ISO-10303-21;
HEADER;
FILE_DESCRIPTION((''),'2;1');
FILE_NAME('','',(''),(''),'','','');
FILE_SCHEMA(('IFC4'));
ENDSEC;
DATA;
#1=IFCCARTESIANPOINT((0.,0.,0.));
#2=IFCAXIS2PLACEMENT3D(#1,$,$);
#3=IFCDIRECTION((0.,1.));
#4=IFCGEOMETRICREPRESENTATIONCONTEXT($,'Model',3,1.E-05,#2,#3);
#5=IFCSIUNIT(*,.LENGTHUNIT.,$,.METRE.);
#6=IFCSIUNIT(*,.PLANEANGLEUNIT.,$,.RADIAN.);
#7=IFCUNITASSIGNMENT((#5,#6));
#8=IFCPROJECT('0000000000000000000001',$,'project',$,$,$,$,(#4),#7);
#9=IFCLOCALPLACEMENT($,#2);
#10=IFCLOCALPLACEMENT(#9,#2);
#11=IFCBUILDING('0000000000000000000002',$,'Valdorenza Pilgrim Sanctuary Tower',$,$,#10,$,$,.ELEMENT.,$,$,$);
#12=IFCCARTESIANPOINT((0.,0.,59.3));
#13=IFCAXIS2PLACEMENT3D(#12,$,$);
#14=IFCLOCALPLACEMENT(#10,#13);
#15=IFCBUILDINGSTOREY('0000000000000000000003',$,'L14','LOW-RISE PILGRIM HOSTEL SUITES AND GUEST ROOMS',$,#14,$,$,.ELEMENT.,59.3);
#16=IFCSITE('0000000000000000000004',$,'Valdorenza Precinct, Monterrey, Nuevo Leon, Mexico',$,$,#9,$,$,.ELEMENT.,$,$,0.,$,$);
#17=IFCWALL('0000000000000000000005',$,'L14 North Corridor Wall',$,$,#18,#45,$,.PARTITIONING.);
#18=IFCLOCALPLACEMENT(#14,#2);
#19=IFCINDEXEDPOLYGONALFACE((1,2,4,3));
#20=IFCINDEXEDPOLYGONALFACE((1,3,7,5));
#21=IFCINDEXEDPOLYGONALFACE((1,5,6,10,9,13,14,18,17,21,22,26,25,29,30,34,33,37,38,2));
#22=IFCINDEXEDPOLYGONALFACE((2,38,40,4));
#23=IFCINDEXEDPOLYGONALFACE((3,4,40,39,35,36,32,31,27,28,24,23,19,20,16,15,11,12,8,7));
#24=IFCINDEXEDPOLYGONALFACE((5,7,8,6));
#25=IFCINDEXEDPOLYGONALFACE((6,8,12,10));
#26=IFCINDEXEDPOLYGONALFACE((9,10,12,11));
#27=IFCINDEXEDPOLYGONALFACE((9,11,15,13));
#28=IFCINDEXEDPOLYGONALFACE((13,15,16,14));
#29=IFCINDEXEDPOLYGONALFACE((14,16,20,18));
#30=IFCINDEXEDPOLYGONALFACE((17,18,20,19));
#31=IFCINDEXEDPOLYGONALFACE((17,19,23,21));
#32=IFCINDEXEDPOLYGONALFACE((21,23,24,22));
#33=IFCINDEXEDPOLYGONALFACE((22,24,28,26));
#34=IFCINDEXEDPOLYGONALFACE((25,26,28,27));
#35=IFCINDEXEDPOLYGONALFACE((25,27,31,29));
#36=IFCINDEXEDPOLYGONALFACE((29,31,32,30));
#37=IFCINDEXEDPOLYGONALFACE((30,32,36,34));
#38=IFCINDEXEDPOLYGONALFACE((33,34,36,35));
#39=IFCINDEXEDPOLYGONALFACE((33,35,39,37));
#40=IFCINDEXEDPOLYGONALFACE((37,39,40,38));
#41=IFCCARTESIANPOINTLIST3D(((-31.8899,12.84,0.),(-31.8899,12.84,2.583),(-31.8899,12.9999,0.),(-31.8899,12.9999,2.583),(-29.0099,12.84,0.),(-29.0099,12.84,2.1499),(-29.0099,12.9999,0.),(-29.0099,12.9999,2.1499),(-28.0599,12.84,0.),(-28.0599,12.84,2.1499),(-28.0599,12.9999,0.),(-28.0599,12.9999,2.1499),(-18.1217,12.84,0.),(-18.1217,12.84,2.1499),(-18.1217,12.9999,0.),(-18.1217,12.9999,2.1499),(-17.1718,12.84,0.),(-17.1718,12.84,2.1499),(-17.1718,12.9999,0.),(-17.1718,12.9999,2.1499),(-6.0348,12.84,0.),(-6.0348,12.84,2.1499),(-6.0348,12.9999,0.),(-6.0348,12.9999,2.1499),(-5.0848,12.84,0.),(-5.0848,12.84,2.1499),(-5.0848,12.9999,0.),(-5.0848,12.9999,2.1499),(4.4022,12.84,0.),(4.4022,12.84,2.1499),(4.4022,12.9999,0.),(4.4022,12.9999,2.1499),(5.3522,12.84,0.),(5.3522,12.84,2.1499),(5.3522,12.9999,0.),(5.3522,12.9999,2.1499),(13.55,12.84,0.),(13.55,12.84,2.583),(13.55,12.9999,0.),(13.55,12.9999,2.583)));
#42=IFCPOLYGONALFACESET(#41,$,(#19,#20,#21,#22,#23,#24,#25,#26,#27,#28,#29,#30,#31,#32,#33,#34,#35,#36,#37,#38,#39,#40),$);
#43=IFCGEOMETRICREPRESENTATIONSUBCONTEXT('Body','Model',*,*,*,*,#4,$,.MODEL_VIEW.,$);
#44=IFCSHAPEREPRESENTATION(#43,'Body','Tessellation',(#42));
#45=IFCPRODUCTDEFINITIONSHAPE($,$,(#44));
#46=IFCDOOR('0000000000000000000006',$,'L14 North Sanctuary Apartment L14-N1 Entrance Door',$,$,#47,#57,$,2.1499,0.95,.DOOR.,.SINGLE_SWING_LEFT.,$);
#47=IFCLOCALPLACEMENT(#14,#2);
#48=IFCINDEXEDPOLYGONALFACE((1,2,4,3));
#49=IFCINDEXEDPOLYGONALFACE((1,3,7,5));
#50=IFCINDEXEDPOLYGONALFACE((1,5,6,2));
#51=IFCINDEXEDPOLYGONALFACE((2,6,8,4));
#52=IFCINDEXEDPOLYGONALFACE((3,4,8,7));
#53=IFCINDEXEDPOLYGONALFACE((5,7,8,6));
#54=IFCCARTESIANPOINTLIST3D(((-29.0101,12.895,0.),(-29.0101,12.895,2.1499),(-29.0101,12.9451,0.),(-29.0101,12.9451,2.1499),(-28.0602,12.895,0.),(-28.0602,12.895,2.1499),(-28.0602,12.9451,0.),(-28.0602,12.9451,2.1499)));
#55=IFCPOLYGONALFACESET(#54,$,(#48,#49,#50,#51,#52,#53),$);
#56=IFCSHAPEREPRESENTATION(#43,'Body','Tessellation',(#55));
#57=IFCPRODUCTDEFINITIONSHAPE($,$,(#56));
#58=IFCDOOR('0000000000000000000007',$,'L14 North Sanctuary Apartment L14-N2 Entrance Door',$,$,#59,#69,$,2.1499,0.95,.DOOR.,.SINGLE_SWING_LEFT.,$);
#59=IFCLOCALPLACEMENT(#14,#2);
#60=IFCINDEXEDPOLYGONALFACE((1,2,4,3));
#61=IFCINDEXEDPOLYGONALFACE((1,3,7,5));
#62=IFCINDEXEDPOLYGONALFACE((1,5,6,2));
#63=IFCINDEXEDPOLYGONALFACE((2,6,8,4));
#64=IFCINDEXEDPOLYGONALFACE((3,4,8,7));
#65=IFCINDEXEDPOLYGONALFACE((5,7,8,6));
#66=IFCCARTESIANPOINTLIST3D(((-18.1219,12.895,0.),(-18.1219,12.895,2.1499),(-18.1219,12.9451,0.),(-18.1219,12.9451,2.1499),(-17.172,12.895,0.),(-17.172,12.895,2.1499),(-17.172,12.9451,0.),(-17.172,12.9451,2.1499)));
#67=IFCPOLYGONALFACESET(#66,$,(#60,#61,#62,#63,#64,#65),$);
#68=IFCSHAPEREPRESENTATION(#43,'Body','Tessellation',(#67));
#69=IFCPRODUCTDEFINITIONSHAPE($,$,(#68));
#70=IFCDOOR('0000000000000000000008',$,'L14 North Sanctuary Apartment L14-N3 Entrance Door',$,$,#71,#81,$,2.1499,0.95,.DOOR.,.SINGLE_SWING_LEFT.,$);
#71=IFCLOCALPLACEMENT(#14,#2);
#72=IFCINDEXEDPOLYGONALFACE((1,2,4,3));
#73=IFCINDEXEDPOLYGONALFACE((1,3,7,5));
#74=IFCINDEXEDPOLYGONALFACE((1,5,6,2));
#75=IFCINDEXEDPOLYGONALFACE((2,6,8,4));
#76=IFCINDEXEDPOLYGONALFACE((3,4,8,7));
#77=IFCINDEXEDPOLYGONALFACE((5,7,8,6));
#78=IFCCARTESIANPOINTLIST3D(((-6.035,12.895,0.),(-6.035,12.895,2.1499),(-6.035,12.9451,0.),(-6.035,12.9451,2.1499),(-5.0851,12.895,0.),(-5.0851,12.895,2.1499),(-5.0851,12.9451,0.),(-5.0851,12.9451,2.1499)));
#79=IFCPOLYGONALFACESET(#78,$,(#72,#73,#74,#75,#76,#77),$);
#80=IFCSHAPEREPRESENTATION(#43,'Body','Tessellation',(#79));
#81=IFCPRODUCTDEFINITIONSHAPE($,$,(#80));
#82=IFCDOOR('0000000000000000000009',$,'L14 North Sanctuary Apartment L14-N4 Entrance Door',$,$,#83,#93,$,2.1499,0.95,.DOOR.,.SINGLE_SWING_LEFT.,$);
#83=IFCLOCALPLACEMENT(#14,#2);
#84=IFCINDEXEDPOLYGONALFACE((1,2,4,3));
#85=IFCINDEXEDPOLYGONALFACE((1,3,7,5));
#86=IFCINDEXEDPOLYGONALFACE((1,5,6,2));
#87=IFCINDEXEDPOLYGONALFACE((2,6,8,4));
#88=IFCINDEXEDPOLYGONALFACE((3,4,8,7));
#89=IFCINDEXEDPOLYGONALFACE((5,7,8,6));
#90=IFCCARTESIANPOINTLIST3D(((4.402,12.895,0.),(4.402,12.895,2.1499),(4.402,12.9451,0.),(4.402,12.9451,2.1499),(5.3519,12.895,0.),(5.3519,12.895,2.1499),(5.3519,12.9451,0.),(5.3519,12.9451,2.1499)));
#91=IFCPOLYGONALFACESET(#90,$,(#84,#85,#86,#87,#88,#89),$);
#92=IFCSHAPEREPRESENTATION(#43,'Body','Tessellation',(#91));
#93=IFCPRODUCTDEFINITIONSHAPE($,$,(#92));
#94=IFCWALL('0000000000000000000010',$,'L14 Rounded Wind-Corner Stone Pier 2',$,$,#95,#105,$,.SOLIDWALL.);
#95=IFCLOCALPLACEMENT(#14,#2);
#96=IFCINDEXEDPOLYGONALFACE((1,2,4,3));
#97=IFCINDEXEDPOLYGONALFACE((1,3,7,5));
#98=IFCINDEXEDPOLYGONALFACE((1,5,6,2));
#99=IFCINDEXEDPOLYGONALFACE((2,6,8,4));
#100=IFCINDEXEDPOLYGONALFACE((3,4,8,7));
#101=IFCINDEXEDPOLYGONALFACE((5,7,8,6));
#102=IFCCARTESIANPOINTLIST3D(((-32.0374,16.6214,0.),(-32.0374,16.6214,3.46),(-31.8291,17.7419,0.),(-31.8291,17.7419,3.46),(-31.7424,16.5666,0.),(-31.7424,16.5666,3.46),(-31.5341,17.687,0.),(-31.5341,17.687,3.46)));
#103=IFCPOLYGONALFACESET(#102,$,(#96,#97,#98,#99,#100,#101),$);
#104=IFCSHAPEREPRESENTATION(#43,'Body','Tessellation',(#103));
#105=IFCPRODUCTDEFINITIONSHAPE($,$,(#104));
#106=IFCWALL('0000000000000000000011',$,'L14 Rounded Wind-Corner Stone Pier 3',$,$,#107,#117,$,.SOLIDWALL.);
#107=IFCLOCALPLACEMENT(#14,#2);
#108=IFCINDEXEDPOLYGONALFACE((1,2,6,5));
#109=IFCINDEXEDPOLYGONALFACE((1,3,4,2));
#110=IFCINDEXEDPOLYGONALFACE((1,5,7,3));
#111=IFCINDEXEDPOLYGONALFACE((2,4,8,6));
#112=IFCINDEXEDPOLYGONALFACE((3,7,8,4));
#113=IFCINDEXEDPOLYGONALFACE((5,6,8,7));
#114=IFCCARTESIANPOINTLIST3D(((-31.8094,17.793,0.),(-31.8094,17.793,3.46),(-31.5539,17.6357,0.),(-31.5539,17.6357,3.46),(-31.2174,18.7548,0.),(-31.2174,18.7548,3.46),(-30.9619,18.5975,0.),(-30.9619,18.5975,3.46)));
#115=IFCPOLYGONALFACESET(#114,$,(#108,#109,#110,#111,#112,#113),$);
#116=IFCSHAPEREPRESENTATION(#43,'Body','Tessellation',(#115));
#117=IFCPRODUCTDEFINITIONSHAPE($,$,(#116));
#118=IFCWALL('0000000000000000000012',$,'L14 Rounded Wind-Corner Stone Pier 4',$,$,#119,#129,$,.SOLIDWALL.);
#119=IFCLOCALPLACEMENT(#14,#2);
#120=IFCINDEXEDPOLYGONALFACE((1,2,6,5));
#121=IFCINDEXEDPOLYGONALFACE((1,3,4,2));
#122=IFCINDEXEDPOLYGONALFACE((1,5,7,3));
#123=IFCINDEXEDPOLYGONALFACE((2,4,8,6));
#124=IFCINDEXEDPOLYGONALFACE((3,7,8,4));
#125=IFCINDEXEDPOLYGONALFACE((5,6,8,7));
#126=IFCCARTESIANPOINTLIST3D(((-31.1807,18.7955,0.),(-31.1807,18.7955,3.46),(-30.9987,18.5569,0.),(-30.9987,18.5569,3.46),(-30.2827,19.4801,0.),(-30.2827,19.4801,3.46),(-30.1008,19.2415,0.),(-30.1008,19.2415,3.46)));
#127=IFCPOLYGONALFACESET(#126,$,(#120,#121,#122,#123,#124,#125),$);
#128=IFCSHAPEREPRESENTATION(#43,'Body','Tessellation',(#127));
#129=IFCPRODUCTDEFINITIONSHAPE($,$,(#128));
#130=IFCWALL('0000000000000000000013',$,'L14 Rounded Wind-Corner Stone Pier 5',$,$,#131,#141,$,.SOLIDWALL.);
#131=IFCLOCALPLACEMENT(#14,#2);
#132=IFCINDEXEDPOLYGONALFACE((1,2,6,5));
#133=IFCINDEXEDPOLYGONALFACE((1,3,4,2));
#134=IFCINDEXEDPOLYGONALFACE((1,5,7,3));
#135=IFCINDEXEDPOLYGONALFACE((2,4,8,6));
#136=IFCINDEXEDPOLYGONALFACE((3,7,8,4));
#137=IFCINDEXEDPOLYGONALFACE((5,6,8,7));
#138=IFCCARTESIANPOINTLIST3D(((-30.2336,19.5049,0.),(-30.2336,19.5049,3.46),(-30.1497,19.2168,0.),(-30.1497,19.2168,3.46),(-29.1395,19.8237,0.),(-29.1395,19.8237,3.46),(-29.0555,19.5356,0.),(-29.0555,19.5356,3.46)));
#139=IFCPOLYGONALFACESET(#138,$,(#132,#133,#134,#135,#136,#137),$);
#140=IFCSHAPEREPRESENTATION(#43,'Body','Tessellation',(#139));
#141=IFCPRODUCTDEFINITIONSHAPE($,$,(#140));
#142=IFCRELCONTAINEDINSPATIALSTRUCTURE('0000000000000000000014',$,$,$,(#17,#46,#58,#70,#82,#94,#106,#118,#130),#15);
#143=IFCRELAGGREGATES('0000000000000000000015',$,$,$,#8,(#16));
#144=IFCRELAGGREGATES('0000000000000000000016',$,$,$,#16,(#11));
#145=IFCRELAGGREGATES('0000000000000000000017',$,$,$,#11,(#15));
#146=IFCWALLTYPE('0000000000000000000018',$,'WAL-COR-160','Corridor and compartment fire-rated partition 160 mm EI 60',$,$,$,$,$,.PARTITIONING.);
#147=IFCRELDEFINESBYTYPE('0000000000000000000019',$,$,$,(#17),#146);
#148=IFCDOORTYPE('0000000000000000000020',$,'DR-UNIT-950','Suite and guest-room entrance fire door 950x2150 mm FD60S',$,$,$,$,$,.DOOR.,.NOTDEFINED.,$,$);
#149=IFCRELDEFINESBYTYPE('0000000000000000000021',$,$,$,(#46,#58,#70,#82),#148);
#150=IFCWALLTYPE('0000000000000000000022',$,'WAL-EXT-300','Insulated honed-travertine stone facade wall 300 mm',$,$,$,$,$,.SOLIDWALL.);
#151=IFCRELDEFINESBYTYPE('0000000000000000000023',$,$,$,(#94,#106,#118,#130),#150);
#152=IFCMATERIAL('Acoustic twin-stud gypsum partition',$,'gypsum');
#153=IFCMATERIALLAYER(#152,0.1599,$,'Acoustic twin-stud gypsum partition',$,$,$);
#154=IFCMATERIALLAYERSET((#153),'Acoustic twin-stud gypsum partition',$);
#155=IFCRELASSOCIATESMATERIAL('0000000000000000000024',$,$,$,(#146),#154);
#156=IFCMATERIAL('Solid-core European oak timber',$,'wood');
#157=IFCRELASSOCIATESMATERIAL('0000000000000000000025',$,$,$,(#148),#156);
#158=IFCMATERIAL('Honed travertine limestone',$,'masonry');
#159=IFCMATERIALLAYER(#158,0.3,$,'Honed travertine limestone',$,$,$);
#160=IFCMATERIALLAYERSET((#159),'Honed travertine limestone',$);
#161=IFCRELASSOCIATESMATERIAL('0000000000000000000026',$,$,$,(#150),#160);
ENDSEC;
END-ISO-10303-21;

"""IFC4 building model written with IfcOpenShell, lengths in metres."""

from ifc_helpers import new_model, si_unit, direction, frame, frame_2d, origin, place, context, subcontext, project, spatial, rectangle, extrude, material, layer, layer_set, type_object, element, fill, save


model = new_model("IFC4")

# Units and contexts
model_context = context("Model", 3, precision=1e-05, world=origin(), true_north=direction((0.0, 1.0)))
body_context = subcontext(model_context, "Body", "Model", "MODEL_VIEW")
ifc_project = project(units=[si_unit("LENGTHUNIT", "METRE"), si_unit("PLANEANGLEUNIT", "RADIAN")], contexts=[model_context])

# Site, building, storey
site_placement = place(None, origin())
site = spatial("IfcSite", under=ifc_project, at=site_placement, Name="Valdorenza Precinct, Monterrey, Nuevo Leon, Mexico", CompositionType="ELEMENT", RefElevation=0.0)
building_placement = place(site_placement, origin())
building = spatial("IfcBuilding", under=site, at=building_placement, Name="Valdorenza Pilgrim Sanctuary Tower", CompositionType="ELEMENT")
storey_placement = place(building_placement, frame((0.0, 0.0, 59.3)))
storey = spatial("IfcBuildingStorey", under=building, at=storey_placement, Name="L14", Description="LOW-RISE PILGRIM HOSTEL SUITES AND GUEST ROOMS", CompositionType="ELEMENT", Elevation=59.3)

# Shared definitions
ifc_material_1 = material(Name="Honed travertine limestone", Category="masonry")

# Wall, openings, doors
ifc_material_2 = material(Name="Acoustic twin-stud gypsum partition", Category="gypsum")
ifc_layer_1 = layer(ifc_material_2, 0.1599, Name="Acoustic twin-stud gypsum partition")
ifc_layer_set_1 = layer_set([ifc_layer_1], Name="Acoustic twin-stud gypsum partition")
wall_type_1 = type_object("IfcWallType", Name="WAL-COR-160", Description="Corridor and compartment fire-rated partition 160 mm EI 60", PredefinedType="PARTITIONING", material=ifc_layer_set_1)
wall_1_placement = place(storey_placement, frame((-31.8899, 12.9199, 0.0), z_axis=(0.0, 0.0, 1.0), x_axis=(1.0, 0.0, 0.0)))
wall_1 = element("IfcWall", 1, at=wall_1_placement, inside=storey, type_object=wall_type_1, Name="L14 North Corridor Wall", PredefinedType="PARTITIONING", context=body_context, shape_type="SweptSolid", body=[
    extrude(rectangle(XDim=45.4399, YDim=0.1599, at=frame_2d((22.72, 0.0))), origin(), (0.0, 0.0, 1.0), 2.583),
])
opening_1_placement = place(wall_1_placement, frame((2.8799, 0.0, 0.0)))
opening_1 = element("IfcOpeningElement", 2, at=opening_1_placement, cuts=wall_1, PredefinedType="OPENING", context=body_context, shape_type="SweptSolid", body=[
    extrude(rectangle(XDim=0.95, YDim=2.1499, at=frame_2d((0.4751, 1.075))), frame((0.0, 0.0947, 0.0), z_axis=(0.0, -1.0, 0.0), x_axis=(1.0, 0.0, 0.0)), (0.0, 0.0, 1.0), 0.1897),
])
opening_2_placement = place(wall_1_placement, frame((13.7681, 0.0, 0.0)))
opening_2 = element("IfcOpeningElement", 3, at=opening_2_placement, cuts=wall_1, PredefinedType="OPENING", context=body_context, shape_type="SweptSolid", body=[
    extrude(rectangle(XDim=0.95, YDim=2.1499, at=frame_2d((0.4751, 1.075))), frame((0.0, 0.0947, 0.0), z_axis=(0.0, -1.0, 0.0), x_axis=(1.0, 0.0, 0.0)), (0.0, 0.0, 1.0), 0.1897),
])
opening_3_placement = place(wall_1_placement, frame((25.855, 0.0, 0.0)))
opening_3 = element("IfcOpeningElement", 4, at=opening_3_placement, cuts=wall_1, PredefinedType="OPENING", context=body_context, shape_type="SweptSolid", body=[
    extrude(rectangle(XDim=0.95, YDim=2.1499, at=frame_2d((0.4751, 1.075))), frame((0.0, 0.0947, 0.0), z_axis=(0.0, -1.0, 0.0), x_axis=(1.0, 0.0, 0.0)), (0.0, 0.0, 1.0), 0.1897),
])
opening_4_placement = place(wall_1_placement, frame((36.292, 0.0, 0.0)))
opening_4 = element("IfcOpeningElement", 5, at=opening_4_placement, cuts=wall_1, PredefinedType="OPENING", context=body_context, shape_type="SweptSolid", body=[
    extrude(rectangle(XDim=0.95, YDim=2.1499, at=frame_2d((0.4751, 1.075))), frame((0.0, 0.0947, 0.0), z_axis=(0.0, -1.0, 0.0), x_axis=(1.0, 0.0, 0.0)), (0.0, 0.0, 1.0), 0.1897),
])
ifc_material_3 = material(Name="Solid-core European oak timber", Category="wood")
door_type = type_object("IfcDoorType", Name="DR-UNIT-950", Description="Suite and guest-room entrance fire door 950x2150 mm FD60S", OperationType="NOTDEFINED", PredefinedType="DOOR", material=ifc_material_3)
door_1_placement = place(opening_1_placement, frame((0.95, 0.0, 0.0), z_axis=(0.0, 0.0, 1.0), x_axis=(-1.0, 0.0, 0.0)))
door_1 = element("IfcDoor", 6, at=door_1_placement, inside=storey, type_object=door_type, Name="L14 North Sanctuary Apartment L14-N1 Entrance Door", OperationType="SINGLE_SWING_LEFT", OverallHeight=2.1499, OverallWidth=0.95, PredefinedType="DOOR", context=body_context, shape_type="SweptSolid", body=[
    extrude(rectangle(XDim=0.95, YDim=2.1499, at=frame_2d((0.4751, 1.075))), frame((0.0, 0.0249, 0.0), z_axis=(0.0, -1.0, 0.0), x_axis=(1.0, 0.0, 0.0)), (0.0, 0.0, 1.0), 0.05),
])
fill(opening_1, door_1)
door_2_placement = place(opening_2_placement, frame((0.95, 0.0, 0.0), z_axis=(0.0, 0.0, 1.0), x_axis=(-1.0, 0.0, 0.0)))
door_2 = element("IfcDoor", 7, at=door_2_placement, inside=storey, type_object=door_type, Name="L14 North Sanctuary Apartment L14-N2 Entrance Door", OperationType="SINGLE_SWING_LEFT", OverallHeight=2.1499, OverallWidth=0.95, PredefinedType="DOOR", context=body_context, shape_type="SweptSolid", body=[
    extrude(rectangle(XDim=0.95, YDim=2.1499, at=frame_2d((0.4751, 1.075))), frame((0.0, 0.0249, 0.0), z_axis=(0.0, -1.0, 0.0), x_axis=(1.0, 0.0, 0.0)), (0.0, 0.0, 1.0), 0.05),
])
fill(opening_2, door_2)
door_3_placement = place(opening_3_placement, frame((0.95, 0.0, 0.0), z_axis=(0.0, 0.0, 1.0), x_axis=(-1.0, 0.0, 0.0)))
door_3 = element("IfcDoor", 8, at=door_3_placement, inside=storey, type_object=door_type, Name="L14 North Sanctuary Apartment L14-N3 Entrance Door", OperationType="SINGLE_SWING_LEFT", OverallHeight=2.1499, OverallWidth=0.95, PredefinedType="DOOR", context=body_context, shape_type="SweptSolid", body=[
    extrude(rectangle(XDim=0.95, YDim=2.1499, at=frame_2d((0.4751, 1.075))), frame((0.0, 0.0249, 0.0), z_axis=(0.0, -1.0, 0.0), x_axis=(1.0, 0.0, 0.0)), (0.0, 0.0, 1.0), 0.05),
])
fill(opening_3, door_3)
door_4_placement = place(opening_4_placement, frame((0.95, 0.0, 0.0), z_axis=(0.0, 0.0, 1.0), x_axis=(-1.0, 0.0, 0.0)))
door_4 = element("IfcDoor", 9, at=door_4_placement, inside=storey, type_object=door_type, Name="L14 North Sanctuary Apartment L14-N4 Entrance Door", OperationType="SINGLE_SWING_LEFT", OverallHeight=2.1499, OverallWidth=0.95, PredefinedType="DOOR", context=body_context, shape_type="SweptSolid", body=[
    extrude(rectangle(XDim=0.95, YDim=2.1499, at=frame_2d((0.4751, 1.075))), frame((0.0, 0.0249, 0.0), z_axis=(0.0, -1.0, 0.0), x_axis=(1.0, 0.0, 0.0)), (0.0, 0.0, 1.0), 0.05),
])
fill(opening_4, door_4)

# Walls
ifc_layer_2 = layer(ifc_material_1, 0.3, Name="Honed travertine limestone")
ifc_layer_set_2 = layer_set([ifc_layer_2], Name="Honed travertine limestone")
wall_type_2 = type_object("IfcWallType", Name="WAL-EXT-300", Description="Insulated honed-travertine stone facade wall 300 mm", PredefinedType="SOLIDWALL", material=ifc_layer_set_2)
wall_2_placement = place(storey_placement, frame((-31.8899, 16.594, 0.0), z_axis=(0.0, 0.0, 1.0), x_axis=(0.182749, 0.98316, 0.0)))
element("IfcWall", 10, at=wall_2_placement, inside=storey, type_object=wall_type_2, Name="L14 Rounded Wind-Corner Stone Pier 2", PredefinedType="SOLIDWALL", context=body_context, shape_type="SweptSolid", body=[
    extrude(rectangle(XDim=1.1396, YDim=0.3, at=frame_2d((0.5698, 0.0))), origin(), (0.0, 0.0, 1.0), 3.46),
])
wall_3_placement = place(storey_placement, frame((-31.6816, 17.7144, 0.0), z_axis=(0.0, 0.0, 1.0), x_axis=(0.524158, 0.851621, 0.0)))
element("IfcWall", 11, at=wall_3_placement, inside=storey, type_object=wall_type_2, Name="L14 Rounded Wind-Corner Stone Pier 3", PredefinedType="SOLIDWALL", context=body_context, shape_type="SweptSolid", body=[
    extrude(rectangle(XDim=1.1294, YDim=0.3, at=frame_2d((0.5647, 0.0))), origin(), (0.0, 0.0, 1.0), 3.46),
])
wall_4_placement = place(storey_placement, frame((-31.0896, 18.6763, 0.0), z_axis=(0.0, 0.0, 1.0), x_axis=(0.795253, 0.606278, 0.0)))
element("IfcWall", 12, at=wall_4_placement, inside=storey, type_object=wall_type_2, Name="L14 Rounded Wind-Corner Stone Pier 4", PredefinedType="SOLIDWALL", context=body_context, shape_type="SweptSolid", body=[
    extrude(rectangle(XDim=1.1292, YDim=0.3, at=frame_2d((0.5645, 0.0))), origin(), (0.0, 0.0, 1.0), 3.46),
])
wall_5_placement = place(storey_placement, frame((-30.1917, 19.3608, 0.0), z_axis=(0.0, 0.0, 1.0), x_axis=(0.960072, 0.279753, 0.0)))
element("IfcWall", 13, at=wall_5_placement, inside=storey, type_object=wall_type_2, Name="L14 Rounded Wind-Corner Stone Pier 5", PredefinedType="SOLIDWALL", context=body_context, shape_type="SweptSolid", body=[
    extrude(rectangle(XDim=1.1396, YDim=0.3, at=frame_2d((0.5698, 0.0))), origin(), (0.0, 0.0, 1.0), 3.46),
])

save(model, "model.ifc")
